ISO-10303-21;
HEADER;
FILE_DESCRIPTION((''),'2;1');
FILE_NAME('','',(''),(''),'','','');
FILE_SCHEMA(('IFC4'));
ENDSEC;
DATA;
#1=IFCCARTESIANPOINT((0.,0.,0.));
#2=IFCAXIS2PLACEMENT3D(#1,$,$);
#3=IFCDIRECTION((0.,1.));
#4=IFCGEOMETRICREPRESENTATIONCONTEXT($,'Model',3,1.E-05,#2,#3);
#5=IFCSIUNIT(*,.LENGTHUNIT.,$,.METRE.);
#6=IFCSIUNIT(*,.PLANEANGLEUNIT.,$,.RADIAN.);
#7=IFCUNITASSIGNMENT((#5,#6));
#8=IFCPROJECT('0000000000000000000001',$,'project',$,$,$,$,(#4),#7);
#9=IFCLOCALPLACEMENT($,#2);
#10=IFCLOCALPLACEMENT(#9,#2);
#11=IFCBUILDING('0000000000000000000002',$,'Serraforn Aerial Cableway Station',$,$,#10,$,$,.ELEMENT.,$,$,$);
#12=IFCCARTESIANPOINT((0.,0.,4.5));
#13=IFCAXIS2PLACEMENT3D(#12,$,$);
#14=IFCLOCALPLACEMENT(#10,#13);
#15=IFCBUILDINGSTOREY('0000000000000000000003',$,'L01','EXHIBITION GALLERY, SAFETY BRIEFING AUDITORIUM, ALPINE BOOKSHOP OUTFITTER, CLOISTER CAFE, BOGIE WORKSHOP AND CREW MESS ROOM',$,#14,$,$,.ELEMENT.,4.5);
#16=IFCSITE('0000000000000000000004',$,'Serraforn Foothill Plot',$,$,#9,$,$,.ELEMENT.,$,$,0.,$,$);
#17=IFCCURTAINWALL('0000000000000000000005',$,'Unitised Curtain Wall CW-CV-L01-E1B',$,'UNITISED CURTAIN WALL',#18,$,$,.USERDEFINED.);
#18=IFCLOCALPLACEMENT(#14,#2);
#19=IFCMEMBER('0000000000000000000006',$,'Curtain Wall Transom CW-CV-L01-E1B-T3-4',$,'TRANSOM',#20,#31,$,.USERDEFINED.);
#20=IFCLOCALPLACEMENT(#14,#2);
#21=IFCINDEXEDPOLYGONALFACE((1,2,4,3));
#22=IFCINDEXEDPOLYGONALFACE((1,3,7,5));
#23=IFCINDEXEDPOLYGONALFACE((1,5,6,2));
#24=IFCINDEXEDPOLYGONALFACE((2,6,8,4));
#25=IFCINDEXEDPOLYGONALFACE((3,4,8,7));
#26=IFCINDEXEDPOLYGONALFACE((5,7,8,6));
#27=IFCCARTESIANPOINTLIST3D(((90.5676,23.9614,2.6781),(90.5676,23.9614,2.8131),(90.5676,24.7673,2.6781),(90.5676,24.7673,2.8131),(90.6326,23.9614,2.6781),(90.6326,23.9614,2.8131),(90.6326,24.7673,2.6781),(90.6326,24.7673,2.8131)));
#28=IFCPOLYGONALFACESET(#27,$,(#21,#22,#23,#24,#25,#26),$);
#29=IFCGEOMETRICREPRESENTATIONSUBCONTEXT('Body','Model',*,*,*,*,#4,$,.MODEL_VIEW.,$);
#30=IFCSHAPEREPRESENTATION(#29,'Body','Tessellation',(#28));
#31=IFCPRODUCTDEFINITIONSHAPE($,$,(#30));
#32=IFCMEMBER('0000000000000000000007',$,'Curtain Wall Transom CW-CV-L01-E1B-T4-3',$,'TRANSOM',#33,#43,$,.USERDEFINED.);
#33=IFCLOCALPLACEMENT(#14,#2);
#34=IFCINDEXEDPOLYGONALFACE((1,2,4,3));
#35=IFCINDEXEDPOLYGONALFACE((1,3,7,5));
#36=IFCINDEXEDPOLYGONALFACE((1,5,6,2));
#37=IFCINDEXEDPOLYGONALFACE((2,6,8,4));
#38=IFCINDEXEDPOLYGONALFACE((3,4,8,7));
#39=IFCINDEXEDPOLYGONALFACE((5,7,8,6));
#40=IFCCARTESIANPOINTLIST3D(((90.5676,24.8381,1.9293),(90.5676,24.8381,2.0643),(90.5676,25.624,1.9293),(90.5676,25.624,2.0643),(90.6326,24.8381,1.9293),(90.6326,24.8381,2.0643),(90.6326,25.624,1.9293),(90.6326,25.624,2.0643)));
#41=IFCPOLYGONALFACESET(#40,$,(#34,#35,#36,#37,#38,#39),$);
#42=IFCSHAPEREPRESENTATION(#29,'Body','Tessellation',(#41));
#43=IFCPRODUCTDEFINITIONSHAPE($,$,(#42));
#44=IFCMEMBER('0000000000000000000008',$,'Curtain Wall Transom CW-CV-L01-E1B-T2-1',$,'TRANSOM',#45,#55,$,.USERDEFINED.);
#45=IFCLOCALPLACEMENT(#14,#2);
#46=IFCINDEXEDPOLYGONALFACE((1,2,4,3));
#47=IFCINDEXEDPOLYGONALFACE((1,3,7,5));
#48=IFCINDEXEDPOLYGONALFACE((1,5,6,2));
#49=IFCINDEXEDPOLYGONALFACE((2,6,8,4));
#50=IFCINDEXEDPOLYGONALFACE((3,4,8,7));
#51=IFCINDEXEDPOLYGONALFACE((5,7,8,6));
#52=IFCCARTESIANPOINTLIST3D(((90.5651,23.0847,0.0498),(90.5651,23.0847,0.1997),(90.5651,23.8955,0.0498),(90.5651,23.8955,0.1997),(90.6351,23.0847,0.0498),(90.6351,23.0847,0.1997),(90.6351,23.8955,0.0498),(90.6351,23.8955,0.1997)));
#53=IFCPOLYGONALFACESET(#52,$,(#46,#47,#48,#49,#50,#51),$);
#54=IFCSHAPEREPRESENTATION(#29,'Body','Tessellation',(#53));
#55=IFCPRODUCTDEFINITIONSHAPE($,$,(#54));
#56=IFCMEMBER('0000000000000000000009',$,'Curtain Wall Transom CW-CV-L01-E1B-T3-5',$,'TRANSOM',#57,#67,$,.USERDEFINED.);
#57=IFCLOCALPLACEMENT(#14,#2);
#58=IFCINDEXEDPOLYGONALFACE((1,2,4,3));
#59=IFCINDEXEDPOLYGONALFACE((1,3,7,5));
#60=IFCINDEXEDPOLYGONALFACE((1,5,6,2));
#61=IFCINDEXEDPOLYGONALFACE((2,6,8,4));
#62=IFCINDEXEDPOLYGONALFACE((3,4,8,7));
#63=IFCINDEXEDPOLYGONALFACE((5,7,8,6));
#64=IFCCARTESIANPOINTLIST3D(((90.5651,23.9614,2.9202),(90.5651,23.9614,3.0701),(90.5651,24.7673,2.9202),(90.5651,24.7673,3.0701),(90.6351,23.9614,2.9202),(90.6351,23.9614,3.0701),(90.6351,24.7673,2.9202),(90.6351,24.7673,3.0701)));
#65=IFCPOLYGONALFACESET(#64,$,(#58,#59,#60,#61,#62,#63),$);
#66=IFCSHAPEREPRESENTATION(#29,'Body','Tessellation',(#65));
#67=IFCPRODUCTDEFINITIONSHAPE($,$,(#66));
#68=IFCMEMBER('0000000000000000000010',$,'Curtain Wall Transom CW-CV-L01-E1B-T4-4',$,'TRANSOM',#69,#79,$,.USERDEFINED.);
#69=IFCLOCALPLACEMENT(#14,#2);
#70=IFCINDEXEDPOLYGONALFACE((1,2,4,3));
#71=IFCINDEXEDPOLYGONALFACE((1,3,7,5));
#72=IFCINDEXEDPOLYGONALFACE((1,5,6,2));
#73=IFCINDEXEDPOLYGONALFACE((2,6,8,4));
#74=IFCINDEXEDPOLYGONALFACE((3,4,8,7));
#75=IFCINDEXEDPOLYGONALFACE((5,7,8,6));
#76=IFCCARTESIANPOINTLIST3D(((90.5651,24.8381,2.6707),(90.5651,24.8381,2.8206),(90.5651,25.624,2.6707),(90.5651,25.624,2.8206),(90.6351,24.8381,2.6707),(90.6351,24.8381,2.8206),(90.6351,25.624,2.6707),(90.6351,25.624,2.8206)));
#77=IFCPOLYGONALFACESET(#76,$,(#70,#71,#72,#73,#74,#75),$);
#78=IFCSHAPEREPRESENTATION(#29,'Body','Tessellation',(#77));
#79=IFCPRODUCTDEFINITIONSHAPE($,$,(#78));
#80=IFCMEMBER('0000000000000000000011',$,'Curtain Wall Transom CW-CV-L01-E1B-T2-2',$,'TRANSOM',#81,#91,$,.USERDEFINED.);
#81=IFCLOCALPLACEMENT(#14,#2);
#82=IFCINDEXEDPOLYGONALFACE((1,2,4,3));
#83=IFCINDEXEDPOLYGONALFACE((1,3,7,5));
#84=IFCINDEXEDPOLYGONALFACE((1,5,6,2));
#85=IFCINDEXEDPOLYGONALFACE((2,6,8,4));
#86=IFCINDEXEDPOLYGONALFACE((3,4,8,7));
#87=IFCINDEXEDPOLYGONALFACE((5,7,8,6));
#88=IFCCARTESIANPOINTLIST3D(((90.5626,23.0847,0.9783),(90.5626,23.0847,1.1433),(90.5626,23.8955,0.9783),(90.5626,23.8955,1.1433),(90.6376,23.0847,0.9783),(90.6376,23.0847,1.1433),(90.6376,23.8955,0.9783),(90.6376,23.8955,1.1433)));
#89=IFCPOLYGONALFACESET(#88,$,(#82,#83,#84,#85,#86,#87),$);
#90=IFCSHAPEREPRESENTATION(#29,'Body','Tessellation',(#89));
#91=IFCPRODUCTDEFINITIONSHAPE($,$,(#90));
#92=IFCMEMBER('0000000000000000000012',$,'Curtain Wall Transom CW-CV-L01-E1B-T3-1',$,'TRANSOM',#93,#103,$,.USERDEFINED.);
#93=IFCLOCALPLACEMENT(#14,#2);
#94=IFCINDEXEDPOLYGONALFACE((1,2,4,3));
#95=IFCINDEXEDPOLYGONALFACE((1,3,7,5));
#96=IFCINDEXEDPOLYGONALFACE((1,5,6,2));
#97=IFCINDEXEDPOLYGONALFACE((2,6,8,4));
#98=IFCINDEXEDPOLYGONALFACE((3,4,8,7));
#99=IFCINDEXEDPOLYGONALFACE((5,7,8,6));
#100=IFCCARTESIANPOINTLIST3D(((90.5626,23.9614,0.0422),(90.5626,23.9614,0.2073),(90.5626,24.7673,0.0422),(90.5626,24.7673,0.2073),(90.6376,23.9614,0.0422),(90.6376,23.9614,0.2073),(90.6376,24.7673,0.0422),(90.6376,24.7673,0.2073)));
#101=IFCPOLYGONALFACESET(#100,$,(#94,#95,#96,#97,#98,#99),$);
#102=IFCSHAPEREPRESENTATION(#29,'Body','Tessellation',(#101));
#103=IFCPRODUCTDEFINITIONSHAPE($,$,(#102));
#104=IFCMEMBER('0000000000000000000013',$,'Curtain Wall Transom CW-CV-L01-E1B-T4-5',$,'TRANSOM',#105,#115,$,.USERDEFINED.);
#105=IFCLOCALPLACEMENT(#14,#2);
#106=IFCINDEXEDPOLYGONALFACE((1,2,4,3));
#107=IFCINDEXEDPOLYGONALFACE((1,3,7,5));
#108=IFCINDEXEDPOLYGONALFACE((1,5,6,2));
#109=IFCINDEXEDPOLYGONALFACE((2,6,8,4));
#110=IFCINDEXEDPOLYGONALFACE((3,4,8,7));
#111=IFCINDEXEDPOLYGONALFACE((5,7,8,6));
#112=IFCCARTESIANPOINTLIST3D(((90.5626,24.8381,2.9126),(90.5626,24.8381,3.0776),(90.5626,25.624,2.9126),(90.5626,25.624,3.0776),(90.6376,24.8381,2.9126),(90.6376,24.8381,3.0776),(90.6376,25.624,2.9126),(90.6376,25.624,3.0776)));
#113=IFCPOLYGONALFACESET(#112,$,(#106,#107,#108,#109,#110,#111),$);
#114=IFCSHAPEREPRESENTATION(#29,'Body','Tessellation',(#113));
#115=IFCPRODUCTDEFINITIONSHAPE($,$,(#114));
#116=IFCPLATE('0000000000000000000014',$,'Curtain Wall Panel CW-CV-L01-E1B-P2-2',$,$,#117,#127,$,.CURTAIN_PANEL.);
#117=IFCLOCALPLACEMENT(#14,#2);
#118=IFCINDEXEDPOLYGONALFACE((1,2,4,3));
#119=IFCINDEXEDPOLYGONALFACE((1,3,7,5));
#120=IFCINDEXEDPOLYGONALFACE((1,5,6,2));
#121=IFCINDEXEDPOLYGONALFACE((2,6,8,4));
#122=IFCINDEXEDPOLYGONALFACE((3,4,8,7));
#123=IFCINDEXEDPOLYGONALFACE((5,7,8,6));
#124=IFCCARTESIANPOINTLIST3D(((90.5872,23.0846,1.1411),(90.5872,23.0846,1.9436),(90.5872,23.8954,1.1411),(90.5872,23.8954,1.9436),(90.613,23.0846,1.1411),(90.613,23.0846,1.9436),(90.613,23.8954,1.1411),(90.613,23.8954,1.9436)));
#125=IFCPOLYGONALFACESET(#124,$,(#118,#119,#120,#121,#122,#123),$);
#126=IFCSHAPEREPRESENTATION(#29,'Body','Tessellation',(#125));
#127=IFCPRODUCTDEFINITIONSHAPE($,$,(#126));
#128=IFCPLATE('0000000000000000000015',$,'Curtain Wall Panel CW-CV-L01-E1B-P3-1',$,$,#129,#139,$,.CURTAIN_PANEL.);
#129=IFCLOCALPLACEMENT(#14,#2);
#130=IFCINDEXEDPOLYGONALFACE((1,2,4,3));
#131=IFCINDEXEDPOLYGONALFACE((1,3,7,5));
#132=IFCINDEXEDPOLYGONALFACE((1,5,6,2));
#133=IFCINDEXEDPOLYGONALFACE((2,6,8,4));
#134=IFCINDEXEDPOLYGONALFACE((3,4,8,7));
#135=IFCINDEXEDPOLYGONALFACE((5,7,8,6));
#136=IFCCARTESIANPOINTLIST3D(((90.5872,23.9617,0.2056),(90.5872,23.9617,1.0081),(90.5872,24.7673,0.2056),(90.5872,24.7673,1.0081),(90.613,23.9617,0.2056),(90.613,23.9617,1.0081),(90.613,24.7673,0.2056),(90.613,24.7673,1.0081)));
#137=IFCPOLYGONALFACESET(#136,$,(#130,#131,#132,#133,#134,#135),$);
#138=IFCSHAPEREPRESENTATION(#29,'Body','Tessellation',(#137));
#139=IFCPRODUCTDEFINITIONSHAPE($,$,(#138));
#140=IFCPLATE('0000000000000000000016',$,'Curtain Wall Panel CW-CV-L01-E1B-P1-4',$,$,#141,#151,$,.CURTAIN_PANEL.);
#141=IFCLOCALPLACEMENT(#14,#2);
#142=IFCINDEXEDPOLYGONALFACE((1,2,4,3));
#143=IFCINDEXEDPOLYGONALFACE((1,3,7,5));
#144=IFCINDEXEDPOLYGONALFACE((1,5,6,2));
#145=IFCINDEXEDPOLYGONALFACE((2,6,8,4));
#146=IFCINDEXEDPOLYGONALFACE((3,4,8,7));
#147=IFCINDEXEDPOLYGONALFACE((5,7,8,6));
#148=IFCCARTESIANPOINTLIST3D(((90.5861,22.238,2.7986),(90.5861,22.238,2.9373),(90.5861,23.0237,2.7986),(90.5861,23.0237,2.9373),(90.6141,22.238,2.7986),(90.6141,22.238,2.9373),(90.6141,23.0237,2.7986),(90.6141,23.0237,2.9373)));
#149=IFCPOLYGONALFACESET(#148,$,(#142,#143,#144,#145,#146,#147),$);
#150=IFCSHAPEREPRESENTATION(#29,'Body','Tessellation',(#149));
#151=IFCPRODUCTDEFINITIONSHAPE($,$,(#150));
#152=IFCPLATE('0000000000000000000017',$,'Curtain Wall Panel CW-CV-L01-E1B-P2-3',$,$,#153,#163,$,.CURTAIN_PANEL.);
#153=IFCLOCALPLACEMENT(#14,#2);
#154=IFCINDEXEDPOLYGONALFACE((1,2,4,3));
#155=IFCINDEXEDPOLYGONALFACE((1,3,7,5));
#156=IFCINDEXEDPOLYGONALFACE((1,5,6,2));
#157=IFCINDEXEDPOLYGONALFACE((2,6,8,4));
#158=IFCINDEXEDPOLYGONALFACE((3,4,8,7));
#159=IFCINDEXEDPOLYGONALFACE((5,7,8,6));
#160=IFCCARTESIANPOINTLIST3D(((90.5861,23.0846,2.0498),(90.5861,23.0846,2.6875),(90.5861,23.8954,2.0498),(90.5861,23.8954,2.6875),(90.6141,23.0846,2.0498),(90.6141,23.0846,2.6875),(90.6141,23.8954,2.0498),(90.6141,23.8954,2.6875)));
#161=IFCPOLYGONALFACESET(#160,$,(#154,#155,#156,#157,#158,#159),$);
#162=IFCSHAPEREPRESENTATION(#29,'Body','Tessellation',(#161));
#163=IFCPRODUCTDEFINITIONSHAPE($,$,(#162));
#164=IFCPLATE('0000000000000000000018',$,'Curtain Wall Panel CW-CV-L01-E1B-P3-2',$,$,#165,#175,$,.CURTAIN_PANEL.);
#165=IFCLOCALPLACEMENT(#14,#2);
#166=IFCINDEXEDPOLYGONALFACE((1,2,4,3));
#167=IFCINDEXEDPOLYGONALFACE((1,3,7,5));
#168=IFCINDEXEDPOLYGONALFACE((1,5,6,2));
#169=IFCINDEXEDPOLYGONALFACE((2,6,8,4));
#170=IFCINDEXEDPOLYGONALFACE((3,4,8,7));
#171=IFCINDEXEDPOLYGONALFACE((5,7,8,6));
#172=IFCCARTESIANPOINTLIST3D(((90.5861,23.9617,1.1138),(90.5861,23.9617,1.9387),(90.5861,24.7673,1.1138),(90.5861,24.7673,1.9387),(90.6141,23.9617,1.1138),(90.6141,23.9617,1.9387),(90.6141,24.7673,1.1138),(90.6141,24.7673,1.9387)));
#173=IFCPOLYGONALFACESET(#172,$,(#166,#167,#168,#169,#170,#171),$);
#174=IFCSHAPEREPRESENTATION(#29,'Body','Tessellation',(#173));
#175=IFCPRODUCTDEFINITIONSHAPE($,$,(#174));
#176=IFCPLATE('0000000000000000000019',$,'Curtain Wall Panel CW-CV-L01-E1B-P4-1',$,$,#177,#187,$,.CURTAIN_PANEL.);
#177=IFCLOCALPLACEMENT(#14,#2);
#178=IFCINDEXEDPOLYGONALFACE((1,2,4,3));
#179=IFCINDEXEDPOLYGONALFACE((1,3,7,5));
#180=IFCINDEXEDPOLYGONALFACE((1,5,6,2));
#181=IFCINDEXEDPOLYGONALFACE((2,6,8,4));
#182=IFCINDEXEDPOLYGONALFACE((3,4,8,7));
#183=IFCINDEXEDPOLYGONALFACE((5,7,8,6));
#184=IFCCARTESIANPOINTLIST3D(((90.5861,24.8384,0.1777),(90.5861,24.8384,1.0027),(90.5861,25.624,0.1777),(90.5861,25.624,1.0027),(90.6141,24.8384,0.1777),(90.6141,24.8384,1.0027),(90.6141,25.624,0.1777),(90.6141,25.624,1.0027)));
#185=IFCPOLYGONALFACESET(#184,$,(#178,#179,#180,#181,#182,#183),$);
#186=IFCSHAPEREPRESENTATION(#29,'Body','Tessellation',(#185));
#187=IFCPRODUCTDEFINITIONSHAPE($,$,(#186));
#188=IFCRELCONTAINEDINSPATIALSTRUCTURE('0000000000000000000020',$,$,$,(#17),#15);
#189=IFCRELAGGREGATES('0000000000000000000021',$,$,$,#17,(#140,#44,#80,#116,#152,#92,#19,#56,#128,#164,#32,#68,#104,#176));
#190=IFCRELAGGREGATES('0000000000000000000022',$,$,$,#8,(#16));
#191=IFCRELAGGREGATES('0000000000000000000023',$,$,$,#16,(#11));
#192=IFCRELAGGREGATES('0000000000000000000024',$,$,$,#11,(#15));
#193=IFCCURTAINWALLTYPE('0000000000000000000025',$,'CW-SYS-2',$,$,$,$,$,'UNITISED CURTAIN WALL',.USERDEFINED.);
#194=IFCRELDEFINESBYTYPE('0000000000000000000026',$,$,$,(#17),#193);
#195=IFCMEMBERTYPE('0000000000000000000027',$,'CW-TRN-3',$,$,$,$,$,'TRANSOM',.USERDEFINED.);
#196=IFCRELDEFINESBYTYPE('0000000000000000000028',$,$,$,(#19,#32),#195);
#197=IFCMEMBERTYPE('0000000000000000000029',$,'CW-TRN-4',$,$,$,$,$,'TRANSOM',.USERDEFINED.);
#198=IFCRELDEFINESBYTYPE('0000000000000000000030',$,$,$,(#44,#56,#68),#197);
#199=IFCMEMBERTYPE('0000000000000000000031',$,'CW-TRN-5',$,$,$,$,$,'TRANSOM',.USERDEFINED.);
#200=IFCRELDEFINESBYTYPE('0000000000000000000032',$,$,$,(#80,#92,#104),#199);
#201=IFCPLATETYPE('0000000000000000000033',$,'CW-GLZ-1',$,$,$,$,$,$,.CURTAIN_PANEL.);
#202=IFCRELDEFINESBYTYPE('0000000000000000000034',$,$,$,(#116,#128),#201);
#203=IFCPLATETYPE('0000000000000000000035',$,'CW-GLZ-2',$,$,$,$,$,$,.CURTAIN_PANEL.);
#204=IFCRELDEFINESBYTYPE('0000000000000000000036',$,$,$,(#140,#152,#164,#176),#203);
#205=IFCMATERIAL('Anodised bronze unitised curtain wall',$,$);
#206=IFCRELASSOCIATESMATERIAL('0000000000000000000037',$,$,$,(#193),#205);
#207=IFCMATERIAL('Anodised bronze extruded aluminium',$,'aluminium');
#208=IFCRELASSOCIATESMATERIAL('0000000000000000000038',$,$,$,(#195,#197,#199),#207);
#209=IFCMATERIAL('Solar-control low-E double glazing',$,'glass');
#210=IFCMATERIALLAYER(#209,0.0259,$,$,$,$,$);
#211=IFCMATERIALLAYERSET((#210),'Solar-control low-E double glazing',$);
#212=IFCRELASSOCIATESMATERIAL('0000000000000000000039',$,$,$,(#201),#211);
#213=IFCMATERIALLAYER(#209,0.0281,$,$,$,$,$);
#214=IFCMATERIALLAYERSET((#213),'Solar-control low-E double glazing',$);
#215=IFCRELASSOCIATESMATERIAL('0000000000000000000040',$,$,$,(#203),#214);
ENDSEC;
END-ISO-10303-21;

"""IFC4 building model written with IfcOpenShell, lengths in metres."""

from ifc_helpers import new_model, si_unit, direction, frame, origin, origin_2d, place, context, subcontext, project, spatial, rectangle, extrude, material, layer, layer_set, material_profile, profile_set, type_object, element, aggregate, save


model = new_model("IFC4")

# Units and contexts
model_context = context("Model", 3, precision=1e-05, world=origin(), true_north=direction((0.0, 1.0)))
body_context = subcontext(model_context, "Body", "Model", "MODEL_VIEW")
ifc_project = project(units=[si_unit("LENGTHUNIT", "METRE"), si_unit("PLANEANGLEUNIT", "RADIAN")], contexts=[model_context])

# Site, building, storey
site_placement = place(None, origin())
site = spatial("IfcSite", under=ifc_project, at=site_placement, Name="Serraforn Foothill Plot", CompositionType="ELEMENT", RefElevation=0.0)
building_placement = place(site_placement, origin())
building = spatial("IfcBuilding", under=site, at=building_placement, Name="Serraforn Aerial Cableway Station", CompositionType="ELEMENT")
storey_placement = place(building_placement, frame((0.0, 0.0, 4.5)))
storey = spatial("IfcBuildingStorey", under=building, at=storey_placement, Name="L01", Description="EXHIBITION GALLERY, SAFETY BRIEFING AUDITORIUM, ALPINE BOOKSHOP OUTFITTER, CLOISTER CAFE, BOGIE WORKSHOP AND CREW MESS ROOM", CompositionType="ELEMENT", Elevation=4.5)

# Curtain wall, members, plates
ifc_material_1 = material(Name="Anodised bronze unitised curtain wall")
curtain_wall_type = type_object("IfcCurtainWallType", Name="CW-SYS-2", ElementType="UNITISED CURTAIN WALL", PredefinedType="USERDEFINED", material=ifc_material_1)
curtain_wall_placement = place(storey_placement, origin())
curtain_wall = element("IfcCurtainWall", 1, at=curtain_wall_placement, inside=storey, type_object=curtain_wall_type, Name="Unitised Curtain Wall CW-CV-L01-E1B", ObjectType="UNITISED CURTAIN WALL", PredefinedType="USERDEFINED")
ifc_material_2 = material(Name="Anodised bronze extruded aluminium", Category="aluminium")
ifc_material_profile_1 = material_profile(ifc_material_2, rectangle(XDim=0.0649, YDim=0.135, at=origin_2d()), Name="CW TRANSOM 65x135")
ifc_profile_set_1 = profile_set([ifc_material_profile_1], Name="Anodised bronze extruded aluminium")
member_type_1 = type_object("IfcMemberType", Name="CW-TRN-3", ElementType="TRANSOM", PredefinedType="USERDEFINED", material=ifc_profile_set_1)
member_1_placement = place(storey_placement, frame((90.6001, 23.9614, 2.7456), z_axis=(0.0, 1.0, 0.0), x_axis=(-1.0, 0.0, 0.0)))
member_1 = element("IfcMember", 2, at=member_1_placement, type_object=member_type_1, Name="Curtain Wall Transom CW-CV-L01-E1B-T3-4", ObjectType="TRANSOM", PredefinedType="USERDEFINED", context=body_context, shape_type="SweptSolid", body=[
    extrude(rectangle(XDim=0.0649, YDim=0.135, at=origin_2d()), origin(), (0.0, 0.0, 1.0), 0.8059),
])
member_2_placement = place(storey_placement, frame((90.6001, 24.8381, 1.9968), z_axis=(0.0, 1.0, 0.0), x_axis=(-1.0, 0.0, 0.0)))
member_2 = element("IfcMember", 3, at=member_2_placement, type_object=member_type_1, Name="Curtain Wall Transom CW-CV-L01-E1B-T4-3", ObjectType="TRANSOM", PredefinedType="USERDEFINED", context=body_context, shape_type="SweptSolid", body=[
    extrude(rectangle(XDim=0.0649, YDim=0.135, at=origin_2d()), origin(), (0.0, 0.0, 1.0), 0.7859),
])
ifc_material_profile_2 = material_profile(ifc_material_2, rectangle(XDim=0.0701, YDim=0.1499, at=origin_2d()), Name="CW TRANSOM 70x150")
ifc_profile_set_2 = profile_set([ifc_material_profile_2], Name="Anodised bronze extruded aluminium")
member_type_2 = type_object("IfcMemberType", Name="CW-TRN-4", ElementType="TRANSOM", PredefinedType="USERDEFINED", material=ifc_profile_set_2)
member_3_placement = place(storey_placement, frame((90.6001, 23.0847, 0.1248), z_axis=(0.0, 1.0, 0.0), x_axis=(-1.0, 0.0, 0.0)))
member_3 = element("IfcMember", 4, at=member_3_placement, type_object=member_type_2, Name="Curtain Wall Transom CW-CV-L01-E1B-T2-1", ObjectType="TRANSOM", PredefinedType="USERDEFINED", context=body_context, shape_type="SweptSolid", body=[
    extrude(rectangle(XDim=0.0701, YDim=0.1499, at=origin_2d()), origin(), (0.0, 0.0, 1.0), 0.8108),
])
member_4_placement = place(storey_placement, frame((90.6001, 23.9614, 2.9951), z_axis=(0.0, 1.0, 0.0), x_axis=(-1.0, 0.0, 0.0)))
member_4 = element("IfcMember", 5, at=member_4_placement, type_object=member_type_2, Name="Curtain Wall Transom CW-CV-L01-E1B-T3-5", ObjectType="TRANSOM", PredefinedType="USERDEFINED", context=body_context, shape_type="SweptSolid", body=[
    extrude(rectangle(XDim=0.0701, YDim=0.1499, at=origin_2d()), origin(), (0.0, 0.0, 1.0), 0.8059),
])
member_5_placement = place(storey_placement, frame((90.6001, 24.8381, 2.7456), z_axis=(0.0, 1.0, 0.0), x_axis=(-1.0, 0.0, 0.0)))
member_5 = element("IfcMember", 6, at=member_5_placement, type_object=member_type_2, Name="Curtain Wall Transom CW-CV-L01-E1B-T4-4", ObjectType="TRANSOM", PredefinedType="USERDEFINED", context=body_context, shape_type="SweptSolid", body=[
    extrude(rectangle(XDim=0.0701, YDim=0.1499, at=origin_2d()), origin(), (0.0, 0.0, 1.0), 0.7859),
])
ifc_material_profile_3 = material_profile(ifc_material_2, rectangle(XDim=0.075, YDim=0.165, at=origin_2d()), Name="CW TRANSOM 75x165")
ifc_profile_set_3 = profile_set([ifc_material_profile_3], Name="Anodised bronze extruded aluminium")
member_type_3 = type_object("IfcMemberType", Name="CW-TRN-5", ElementType="TRANSOM", PredefinedType="USERDEFINED", material=ifc_profile_set_3)
member_6_placement = place(storey_placement, frame((90.6001, 23.0847, 1.0608), z_axis=(0.0, 1.0, 0.0), x_axis=(-1.0, 0.0, 0.0)))
member_6 = element("IfcMember", 7, at=member_6_placement, type_object=member_type_3, Name="Curtain Wall Transom CW-CV-L01-E1B-T2-2", ObjectType="TRANSOM", PredefinedType="USERDEFINED", context=body_context, shape_type="SweptSolid", body=[
    extrude(rectangle(XDim=0.075, YDim=0.165, at=origin_2d()), origin(), (0.0, 0.0, 1.0), 0.8108),
])
member_7_placement = place(storey_placement, frame((90.6001, 23.9614, 0.1248), z_axis=(0.0, 1.0, 0.0), x_axis=(-1.0, 0.0, 0.0)))
member_7 = element("IfcMember", 8, at=member_7_placement, type_object=member_type_3, Name="Curtain Wall Transom CW-CV-L01-E1B-T3-1", ObjectType="TRANSOM", PredefinedType="USERDEFINED", context=body_context, shape_type="SweptSolid", body=[
    extrude(rectangle(XDim=0.075, YDim=0.165, at=origin_2d()), origin(), (0.0, 0.0, 1.0), 0.8059),
])
member_8_placement = place(storey_placement, frame((90.6001, 24.8381, 2.9951), z_axis=(0.0, 1.0, 0.0), x_axis=(-1.0, 0.0, 0.0)))
member_8 = element("IfcMember", 9, at=member_8_placement, type_object=member_type_3, Name="Curtain Wall Transom CW-CV-L01-E1B-T4-5", ObjectType="TRANSOM", PredefinedType="USERDEFINED", context=body_context, shape_type="SweptSolid", body=[
    extrude(rectangle(XDim=0.075, YDim=0.165, at=origin_2d()), origin(), (0.0, 0.0, 1.0), 0.7859),
])
ifc_material_3 = material(Name="Solar-control low-E double glazing", Category="glass")
ifc_layer_1 = layer(ifc_material_3, 0.0259)
ifc_layer_set_1 = layer_set([ifc_layer_1], Name="Solar-control low-E double glazing")
plate_type_1 = type_object("IfcPlateType", Name="CW-GLZ-1", PredefinedType="CURTAIN_PANEL", material=ifc_layer_set_1)
plate_1_placement = place(storey_placement, frame((90.6001, 23.49, 1.1411), z_axis=(0.0, 0.0, 1.0), x_axis=(1.0, 0.0, 0.0)))
plate_1 = element("IfcPlate", 10, at=plate_1_placement, type_object=plate_type_1, Name="Curtain Wall Panel CW-CV-L01-E1B-P2-2", PredefinedType="CURTAIN_PANEL", context=body_context, shape_type="SweptSolid", body=[
    extrude(rectangle(XDim=0.0259, YDim=0.8108, at=origin_2d()), origin(), (0.0, 0.0, 1.0), 0.8025),
])
plate_2_placement = place(storey_placement, frame((90.6001, 24.3645, 0.2056), z_axis=(0.0, 0.0, 1.0), x_axis=(1.0, 0.0, 0.0)))
plate_2 = element("IfcPlate", 11, at=plate_2_placement, type_object=plate_type_1, Name="Curtain Wall Panel CW-CV-L01-E1B-P3-1", PredefinedType="CURTAIN_PANEL", context=body_context, shape_type="SweptSolid", body=[
    extrude(rectangle(XDim=0.0259, YDim=0.8057, at=origin_2d()), origin(), (0.0, 0.0, 1.0), 0.8025),
])
ifc_layer_2 = layer(ifc_material_3, 0.0281)
ifc_layer_set_2 = layer_set([ifc_layer_2], Name="Solar-control low-E double glazing")
plate_type_2 = type_object("IfcPlateType", Name="CW-GLZ-2", PredefinedType="CURTAIN_PANEL", material=ifc_layer_set_2)
plate_3_placement = place(storey_placement, frame((90.6001, 22.6309, 2.7986), z_axis=(0.0, 0.0, 1.0), x_axis=(1.0, 0.0, 0.0)))
plate_3 = element("IfcPlate", 12, at=plate_3_placement, type_object=plate_type_2, Name="Curtain Wall Panel CW-CV-L01-E1B-P1-4", PredefinedType="CURTAIN_PANEL", context=body_context, shape_type="SweptSolid", body=[
    extrude(rectangle(XDim=0.0281, YDim=0.7856, at=origin_2d()), origin(), (0.0, 0.0, 1.0), 0.1387),
])
plate_4_placement = place(storey_placement, frame((90.6001, 23.49, 2.0498), z_axis=(0.0, 0.0, 1.0), x_axis=(1.0, 0.0, 0.0)))
plate_4 = element("IfcPlate", 13, at=plate_4_placement, type_object=plate_type_2, Name="Curtain Wall Panel CW-CV-L01-E1B-P2-3", PredefinedType="CURTAIN_PANEL", context=body_context, shape_type="SweptSolid", body=[
    extrude(rectangle(XDim=0.0281, YDim=0.8108, at=origin_2d()), origin(), (0.0, 0.0, 1.0), 0.6377),
])
plate_5_placement = place(storey_placement, frame((90.6001, 24.3645, 1.1138), z_axis=(0.0, 0.0, 1.0), x_axis=(1.0, 0.0, 0.0)))
plate_5 = element("IfcPlate", 14, at=plate_5_placement, type_object=plate_type_2, Name="Curtain Wall Panel CW-CV-L01-E1B-P3-2", PredefinedType="CURTAIN_PANEL", context=body_context, shape_type="SweptSolid", body=[
    extrude(rectangle(XDim=0.0281, YDim=0.8057, at=origin_2d()), origin(), (0.0, 0.0, 1.0), 0.825),
])
plate_6_placement = place(storey_placement, frame((90.6001, 25.2312, 0.1777), z_axis=(0.0, 0.0, 1.0), x_axis=(1.0, 0.0, 0.0)))
plate_6 = element("IfcPlate", 15, at=plate_6_placement, type_object=plate_type_2, Name="Curtain Wall Panel CW-CV-L01-E1B-P4-1", PredefinedType="CURTAIN_PANEL", context=body_context, shape_type="SweptSolid", body=[
    extrude(rectangle(XDim=0.0281, YDim=0.7856, at=origin_2d()), origin(), (0.0, 0.0, 1.0), 0.825),
])
aggregate(curtain_wall, [plate_3, member_3, member_6, plate_1, plate_4, member_7, member_1, member_4, plate_2, plate_5, member_2, member_5, member_8, plate_6])

save(model, "model.ifc")
